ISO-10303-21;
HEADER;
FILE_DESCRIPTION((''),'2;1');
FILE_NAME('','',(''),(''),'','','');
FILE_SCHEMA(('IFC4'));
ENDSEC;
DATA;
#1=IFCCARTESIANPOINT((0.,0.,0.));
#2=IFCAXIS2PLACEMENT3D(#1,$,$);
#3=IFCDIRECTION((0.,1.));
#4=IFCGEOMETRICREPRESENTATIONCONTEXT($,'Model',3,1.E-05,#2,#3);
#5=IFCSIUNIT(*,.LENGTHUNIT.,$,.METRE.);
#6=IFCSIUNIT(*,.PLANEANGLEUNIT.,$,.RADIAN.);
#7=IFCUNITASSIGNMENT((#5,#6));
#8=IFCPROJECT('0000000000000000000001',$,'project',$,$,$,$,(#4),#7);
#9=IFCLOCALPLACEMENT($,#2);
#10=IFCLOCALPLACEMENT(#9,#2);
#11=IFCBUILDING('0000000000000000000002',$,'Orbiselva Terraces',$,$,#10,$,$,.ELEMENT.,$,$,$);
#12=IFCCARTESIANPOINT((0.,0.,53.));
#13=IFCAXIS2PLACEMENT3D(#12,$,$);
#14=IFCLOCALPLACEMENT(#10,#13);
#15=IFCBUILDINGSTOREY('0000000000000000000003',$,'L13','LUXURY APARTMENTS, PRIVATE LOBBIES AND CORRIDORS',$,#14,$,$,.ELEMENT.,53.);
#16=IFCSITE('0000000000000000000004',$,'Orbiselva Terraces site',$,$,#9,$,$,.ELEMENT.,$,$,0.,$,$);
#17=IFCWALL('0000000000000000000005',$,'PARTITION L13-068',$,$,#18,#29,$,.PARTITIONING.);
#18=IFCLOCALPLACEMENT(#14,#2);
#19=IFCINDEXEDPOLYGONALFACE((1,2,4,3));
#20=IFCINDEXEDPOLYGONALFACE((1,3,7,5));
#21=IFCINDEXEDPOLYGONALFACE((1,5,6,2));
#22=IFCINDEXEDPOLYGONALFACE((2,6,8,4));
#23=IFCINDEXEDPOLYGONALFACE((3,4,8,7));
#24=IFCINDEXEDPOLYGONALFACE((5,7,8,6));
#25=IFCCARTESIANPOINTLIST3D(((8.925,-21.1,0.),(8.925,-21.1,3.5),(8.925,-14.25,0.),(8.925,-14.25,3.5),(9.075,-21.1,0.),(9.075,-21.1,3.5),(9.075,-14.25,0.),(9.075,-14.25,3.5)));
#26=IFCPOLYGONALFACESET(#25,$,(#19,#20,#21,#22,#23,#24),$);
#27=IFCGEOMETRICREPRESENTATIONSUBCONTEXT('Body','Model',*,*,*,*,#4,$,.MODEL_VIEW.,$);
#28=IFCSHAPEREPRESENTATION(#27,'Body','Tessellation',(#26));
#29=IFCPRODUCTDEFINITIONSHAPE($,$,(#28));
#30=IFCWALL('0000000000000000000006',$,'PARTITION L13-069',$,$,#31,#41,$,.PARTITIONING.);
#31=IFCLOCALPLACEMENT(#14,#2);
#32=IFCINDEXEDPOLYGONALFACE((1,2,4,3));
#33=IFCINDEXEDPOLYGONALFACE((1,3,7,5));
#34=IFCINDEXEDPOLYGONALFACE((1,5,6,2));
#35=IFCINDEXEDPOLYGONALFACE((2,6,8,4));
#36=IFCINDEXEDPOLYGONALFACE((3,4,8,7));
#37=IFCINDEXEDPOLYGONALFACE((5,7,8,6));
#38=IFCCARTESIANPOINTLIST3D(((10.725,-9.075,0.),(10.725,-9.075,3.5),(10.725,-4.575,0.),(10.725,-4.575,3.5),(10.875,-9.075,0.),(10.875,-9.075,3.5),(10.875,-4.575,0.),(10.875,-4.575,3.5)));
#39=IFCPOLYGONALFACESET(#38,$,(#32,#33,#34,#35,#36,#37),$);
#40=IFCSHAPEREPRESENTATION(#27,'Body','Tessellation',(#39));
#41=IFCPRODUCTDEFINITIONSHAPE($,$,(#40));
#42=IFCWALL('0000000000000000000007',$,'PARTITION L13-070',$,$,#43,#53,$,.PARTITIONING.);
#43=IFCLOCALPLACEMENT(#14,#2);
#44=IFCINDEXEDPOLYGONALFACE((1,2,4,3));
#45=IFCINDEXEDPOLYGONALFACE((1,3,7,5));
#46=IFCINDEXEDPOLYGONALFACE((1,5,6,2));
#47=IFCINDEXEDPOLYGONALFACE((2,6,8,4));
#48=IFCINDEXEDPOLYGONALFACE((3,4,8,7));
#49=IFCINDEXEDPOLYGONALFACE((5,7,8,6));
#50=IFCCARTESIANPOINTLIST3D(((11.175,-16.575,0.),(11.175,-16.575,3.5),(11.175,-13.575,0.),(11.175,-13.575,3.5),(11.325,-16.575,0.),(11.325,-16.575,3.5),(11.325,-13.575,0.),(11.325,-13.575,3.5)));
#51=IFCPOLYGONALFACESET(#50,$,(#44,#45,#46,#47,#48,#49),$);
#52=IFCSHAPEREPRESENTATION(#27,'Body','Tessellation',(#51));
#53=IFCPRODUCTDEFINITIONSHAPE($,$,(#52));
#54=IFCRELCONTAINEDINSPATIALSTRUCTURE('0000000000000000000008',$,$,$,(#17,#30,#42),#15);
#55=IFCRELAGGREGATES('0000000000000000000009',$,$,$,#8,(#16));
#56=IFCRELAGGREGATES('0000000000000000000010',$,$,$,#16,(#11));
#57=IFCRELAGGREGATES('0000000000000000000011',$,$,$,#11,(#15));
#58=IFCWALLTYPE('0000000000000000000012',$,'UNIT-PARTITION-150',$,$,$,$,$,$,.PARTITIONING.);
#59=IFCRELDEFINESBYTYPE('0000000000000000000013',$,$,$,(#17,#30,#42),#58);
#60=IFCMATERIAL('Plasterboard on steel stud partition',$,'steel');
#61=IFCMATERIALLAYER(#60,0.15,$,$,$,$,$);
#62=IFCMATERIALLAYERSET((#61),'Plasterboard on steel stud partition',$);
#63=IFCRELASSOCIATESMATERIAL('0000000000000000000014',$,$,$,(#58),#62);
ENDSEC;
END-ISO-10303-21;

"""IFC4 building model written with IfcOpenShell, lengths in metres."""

from ifc_helpers import new_model, si_unit, direction, frame, frame_2d, origin, place, context, subcontext, project, spatial, rectangle, extrude, material, layer, layer_set, type_object, element, save


model = new_model("IFC4")

# Units and contexts
model_context = context("Model", 3, precision=1e-05, world=origin(), true_north=direction((0.0, 1.0)))
body_context = subcontext(model_context, "Body", "Model", "MODEL_VIEW")
ifc_project = project(units=[si_unit("LENGTHUNIT", "METRE"), si_unit("PLANEANGLEUNIT", "RADIAN")], contexts=[model_context])

# Site, building, storey
site_placement = place(None, origin())
site = spatial("IfcSite", under=ifc_project, at=site_placement, Name="Orbiselva Terraces site", CompositionType="ELEMENT", RefElevation=0.0)
building_placement = place(site_placement, origin())
building = spatial("IfcBuilding", under=site, at=building_placement, Name="Orbiselva Terraces", CompositionType="ELEMENT")
storey_placement = place(building_placement, frame((0.0, 0.0, 53.0)))
storey = spatial("IfcBuildingStorey", under=building, at=storey_placement, Name="L13", Description="LUXURY APARTMENTS, PRIVATE LOBBIES AND CORRIDORS", CompositionType="ELEMENT", Elevation=53.0)

# Shared definitions
ifc_material_1 = material(Name="Plasterboard on steel stud partition", Category="steel")

# Shared definitions
ifc_layer_1 = layer(ifc_material_1, 0.15)
ifc_layer_set_1 = layer_set([ifc_layer_1], Name="Plasterboard on steel stud partition")
wall_type_1 = type_object("IfcWallType", Name="UNIT-PARTITION-150", PredefinedType="PARTITIONING", material=ifc_layer_set_1)

# Walls
wall_1_placement = place(storey_placement, frame((9.0, -21.1, 0.0), z_axis=(0.0, 0.0, 1.0), x_axis=(0.0, 1.0, 0.0)))
element("IfcWall", 1, at=wall_1_placement, inside=storey, type_object=wall_type_1, Name="PARTITION L13-068", PredefinedType="PARTITIONING", context=body_context, shape_type="SweptSolid", body=[
    extrude(rectangle(XDim=6.85, YDim=0.15, at=frame_2d((3.425, 0.0))), origin(), (0.0, 0.0, 1.0), 3.5),
])
wall_2_placement = place(storey_placement, frame((10.8, -9.075, 0.0), z_axis=(0.0, 0.0, 1.0), x_axis=(0.0, 1.0, 0.0)))
element("IfcWall", 2, at=wall_2_placement, inside=storey, type_object=wall_type_1, Name="PARTITION L13-069", PredefinedType="PARTITIONING", context=body_context, shape_type="SweptSolid", body=[
    extrude(rectangle(XDim=4.5, YDim=0.15, at=frame_2d((2.25, 0.0))), origin(), (0.0, 0.0, 1.0), 3.5),
])
wall_3_placement = place(storey_placement, frame((11.25, -16.575, 0.0), z_axis=(0.0, 0.0, 1.0), x_axis=(0.0, 1.0, 0.0)))
element("IfcWall", 3, at=wall_3_placement, inside=storey, type_object=wall_type_1, Name="PARTITION L13-070", PredefinedType="PARTITIONING", context=body_context, shape_type="SweptSolid", body=[
    extrude(rectangle(XDim=3.0, YDim=0.15, at=frame_2d((1.5, 0.0))), origin(), (0.0, 0.0, 1.0), 3.5),
])

save(model, "model.ifc")
